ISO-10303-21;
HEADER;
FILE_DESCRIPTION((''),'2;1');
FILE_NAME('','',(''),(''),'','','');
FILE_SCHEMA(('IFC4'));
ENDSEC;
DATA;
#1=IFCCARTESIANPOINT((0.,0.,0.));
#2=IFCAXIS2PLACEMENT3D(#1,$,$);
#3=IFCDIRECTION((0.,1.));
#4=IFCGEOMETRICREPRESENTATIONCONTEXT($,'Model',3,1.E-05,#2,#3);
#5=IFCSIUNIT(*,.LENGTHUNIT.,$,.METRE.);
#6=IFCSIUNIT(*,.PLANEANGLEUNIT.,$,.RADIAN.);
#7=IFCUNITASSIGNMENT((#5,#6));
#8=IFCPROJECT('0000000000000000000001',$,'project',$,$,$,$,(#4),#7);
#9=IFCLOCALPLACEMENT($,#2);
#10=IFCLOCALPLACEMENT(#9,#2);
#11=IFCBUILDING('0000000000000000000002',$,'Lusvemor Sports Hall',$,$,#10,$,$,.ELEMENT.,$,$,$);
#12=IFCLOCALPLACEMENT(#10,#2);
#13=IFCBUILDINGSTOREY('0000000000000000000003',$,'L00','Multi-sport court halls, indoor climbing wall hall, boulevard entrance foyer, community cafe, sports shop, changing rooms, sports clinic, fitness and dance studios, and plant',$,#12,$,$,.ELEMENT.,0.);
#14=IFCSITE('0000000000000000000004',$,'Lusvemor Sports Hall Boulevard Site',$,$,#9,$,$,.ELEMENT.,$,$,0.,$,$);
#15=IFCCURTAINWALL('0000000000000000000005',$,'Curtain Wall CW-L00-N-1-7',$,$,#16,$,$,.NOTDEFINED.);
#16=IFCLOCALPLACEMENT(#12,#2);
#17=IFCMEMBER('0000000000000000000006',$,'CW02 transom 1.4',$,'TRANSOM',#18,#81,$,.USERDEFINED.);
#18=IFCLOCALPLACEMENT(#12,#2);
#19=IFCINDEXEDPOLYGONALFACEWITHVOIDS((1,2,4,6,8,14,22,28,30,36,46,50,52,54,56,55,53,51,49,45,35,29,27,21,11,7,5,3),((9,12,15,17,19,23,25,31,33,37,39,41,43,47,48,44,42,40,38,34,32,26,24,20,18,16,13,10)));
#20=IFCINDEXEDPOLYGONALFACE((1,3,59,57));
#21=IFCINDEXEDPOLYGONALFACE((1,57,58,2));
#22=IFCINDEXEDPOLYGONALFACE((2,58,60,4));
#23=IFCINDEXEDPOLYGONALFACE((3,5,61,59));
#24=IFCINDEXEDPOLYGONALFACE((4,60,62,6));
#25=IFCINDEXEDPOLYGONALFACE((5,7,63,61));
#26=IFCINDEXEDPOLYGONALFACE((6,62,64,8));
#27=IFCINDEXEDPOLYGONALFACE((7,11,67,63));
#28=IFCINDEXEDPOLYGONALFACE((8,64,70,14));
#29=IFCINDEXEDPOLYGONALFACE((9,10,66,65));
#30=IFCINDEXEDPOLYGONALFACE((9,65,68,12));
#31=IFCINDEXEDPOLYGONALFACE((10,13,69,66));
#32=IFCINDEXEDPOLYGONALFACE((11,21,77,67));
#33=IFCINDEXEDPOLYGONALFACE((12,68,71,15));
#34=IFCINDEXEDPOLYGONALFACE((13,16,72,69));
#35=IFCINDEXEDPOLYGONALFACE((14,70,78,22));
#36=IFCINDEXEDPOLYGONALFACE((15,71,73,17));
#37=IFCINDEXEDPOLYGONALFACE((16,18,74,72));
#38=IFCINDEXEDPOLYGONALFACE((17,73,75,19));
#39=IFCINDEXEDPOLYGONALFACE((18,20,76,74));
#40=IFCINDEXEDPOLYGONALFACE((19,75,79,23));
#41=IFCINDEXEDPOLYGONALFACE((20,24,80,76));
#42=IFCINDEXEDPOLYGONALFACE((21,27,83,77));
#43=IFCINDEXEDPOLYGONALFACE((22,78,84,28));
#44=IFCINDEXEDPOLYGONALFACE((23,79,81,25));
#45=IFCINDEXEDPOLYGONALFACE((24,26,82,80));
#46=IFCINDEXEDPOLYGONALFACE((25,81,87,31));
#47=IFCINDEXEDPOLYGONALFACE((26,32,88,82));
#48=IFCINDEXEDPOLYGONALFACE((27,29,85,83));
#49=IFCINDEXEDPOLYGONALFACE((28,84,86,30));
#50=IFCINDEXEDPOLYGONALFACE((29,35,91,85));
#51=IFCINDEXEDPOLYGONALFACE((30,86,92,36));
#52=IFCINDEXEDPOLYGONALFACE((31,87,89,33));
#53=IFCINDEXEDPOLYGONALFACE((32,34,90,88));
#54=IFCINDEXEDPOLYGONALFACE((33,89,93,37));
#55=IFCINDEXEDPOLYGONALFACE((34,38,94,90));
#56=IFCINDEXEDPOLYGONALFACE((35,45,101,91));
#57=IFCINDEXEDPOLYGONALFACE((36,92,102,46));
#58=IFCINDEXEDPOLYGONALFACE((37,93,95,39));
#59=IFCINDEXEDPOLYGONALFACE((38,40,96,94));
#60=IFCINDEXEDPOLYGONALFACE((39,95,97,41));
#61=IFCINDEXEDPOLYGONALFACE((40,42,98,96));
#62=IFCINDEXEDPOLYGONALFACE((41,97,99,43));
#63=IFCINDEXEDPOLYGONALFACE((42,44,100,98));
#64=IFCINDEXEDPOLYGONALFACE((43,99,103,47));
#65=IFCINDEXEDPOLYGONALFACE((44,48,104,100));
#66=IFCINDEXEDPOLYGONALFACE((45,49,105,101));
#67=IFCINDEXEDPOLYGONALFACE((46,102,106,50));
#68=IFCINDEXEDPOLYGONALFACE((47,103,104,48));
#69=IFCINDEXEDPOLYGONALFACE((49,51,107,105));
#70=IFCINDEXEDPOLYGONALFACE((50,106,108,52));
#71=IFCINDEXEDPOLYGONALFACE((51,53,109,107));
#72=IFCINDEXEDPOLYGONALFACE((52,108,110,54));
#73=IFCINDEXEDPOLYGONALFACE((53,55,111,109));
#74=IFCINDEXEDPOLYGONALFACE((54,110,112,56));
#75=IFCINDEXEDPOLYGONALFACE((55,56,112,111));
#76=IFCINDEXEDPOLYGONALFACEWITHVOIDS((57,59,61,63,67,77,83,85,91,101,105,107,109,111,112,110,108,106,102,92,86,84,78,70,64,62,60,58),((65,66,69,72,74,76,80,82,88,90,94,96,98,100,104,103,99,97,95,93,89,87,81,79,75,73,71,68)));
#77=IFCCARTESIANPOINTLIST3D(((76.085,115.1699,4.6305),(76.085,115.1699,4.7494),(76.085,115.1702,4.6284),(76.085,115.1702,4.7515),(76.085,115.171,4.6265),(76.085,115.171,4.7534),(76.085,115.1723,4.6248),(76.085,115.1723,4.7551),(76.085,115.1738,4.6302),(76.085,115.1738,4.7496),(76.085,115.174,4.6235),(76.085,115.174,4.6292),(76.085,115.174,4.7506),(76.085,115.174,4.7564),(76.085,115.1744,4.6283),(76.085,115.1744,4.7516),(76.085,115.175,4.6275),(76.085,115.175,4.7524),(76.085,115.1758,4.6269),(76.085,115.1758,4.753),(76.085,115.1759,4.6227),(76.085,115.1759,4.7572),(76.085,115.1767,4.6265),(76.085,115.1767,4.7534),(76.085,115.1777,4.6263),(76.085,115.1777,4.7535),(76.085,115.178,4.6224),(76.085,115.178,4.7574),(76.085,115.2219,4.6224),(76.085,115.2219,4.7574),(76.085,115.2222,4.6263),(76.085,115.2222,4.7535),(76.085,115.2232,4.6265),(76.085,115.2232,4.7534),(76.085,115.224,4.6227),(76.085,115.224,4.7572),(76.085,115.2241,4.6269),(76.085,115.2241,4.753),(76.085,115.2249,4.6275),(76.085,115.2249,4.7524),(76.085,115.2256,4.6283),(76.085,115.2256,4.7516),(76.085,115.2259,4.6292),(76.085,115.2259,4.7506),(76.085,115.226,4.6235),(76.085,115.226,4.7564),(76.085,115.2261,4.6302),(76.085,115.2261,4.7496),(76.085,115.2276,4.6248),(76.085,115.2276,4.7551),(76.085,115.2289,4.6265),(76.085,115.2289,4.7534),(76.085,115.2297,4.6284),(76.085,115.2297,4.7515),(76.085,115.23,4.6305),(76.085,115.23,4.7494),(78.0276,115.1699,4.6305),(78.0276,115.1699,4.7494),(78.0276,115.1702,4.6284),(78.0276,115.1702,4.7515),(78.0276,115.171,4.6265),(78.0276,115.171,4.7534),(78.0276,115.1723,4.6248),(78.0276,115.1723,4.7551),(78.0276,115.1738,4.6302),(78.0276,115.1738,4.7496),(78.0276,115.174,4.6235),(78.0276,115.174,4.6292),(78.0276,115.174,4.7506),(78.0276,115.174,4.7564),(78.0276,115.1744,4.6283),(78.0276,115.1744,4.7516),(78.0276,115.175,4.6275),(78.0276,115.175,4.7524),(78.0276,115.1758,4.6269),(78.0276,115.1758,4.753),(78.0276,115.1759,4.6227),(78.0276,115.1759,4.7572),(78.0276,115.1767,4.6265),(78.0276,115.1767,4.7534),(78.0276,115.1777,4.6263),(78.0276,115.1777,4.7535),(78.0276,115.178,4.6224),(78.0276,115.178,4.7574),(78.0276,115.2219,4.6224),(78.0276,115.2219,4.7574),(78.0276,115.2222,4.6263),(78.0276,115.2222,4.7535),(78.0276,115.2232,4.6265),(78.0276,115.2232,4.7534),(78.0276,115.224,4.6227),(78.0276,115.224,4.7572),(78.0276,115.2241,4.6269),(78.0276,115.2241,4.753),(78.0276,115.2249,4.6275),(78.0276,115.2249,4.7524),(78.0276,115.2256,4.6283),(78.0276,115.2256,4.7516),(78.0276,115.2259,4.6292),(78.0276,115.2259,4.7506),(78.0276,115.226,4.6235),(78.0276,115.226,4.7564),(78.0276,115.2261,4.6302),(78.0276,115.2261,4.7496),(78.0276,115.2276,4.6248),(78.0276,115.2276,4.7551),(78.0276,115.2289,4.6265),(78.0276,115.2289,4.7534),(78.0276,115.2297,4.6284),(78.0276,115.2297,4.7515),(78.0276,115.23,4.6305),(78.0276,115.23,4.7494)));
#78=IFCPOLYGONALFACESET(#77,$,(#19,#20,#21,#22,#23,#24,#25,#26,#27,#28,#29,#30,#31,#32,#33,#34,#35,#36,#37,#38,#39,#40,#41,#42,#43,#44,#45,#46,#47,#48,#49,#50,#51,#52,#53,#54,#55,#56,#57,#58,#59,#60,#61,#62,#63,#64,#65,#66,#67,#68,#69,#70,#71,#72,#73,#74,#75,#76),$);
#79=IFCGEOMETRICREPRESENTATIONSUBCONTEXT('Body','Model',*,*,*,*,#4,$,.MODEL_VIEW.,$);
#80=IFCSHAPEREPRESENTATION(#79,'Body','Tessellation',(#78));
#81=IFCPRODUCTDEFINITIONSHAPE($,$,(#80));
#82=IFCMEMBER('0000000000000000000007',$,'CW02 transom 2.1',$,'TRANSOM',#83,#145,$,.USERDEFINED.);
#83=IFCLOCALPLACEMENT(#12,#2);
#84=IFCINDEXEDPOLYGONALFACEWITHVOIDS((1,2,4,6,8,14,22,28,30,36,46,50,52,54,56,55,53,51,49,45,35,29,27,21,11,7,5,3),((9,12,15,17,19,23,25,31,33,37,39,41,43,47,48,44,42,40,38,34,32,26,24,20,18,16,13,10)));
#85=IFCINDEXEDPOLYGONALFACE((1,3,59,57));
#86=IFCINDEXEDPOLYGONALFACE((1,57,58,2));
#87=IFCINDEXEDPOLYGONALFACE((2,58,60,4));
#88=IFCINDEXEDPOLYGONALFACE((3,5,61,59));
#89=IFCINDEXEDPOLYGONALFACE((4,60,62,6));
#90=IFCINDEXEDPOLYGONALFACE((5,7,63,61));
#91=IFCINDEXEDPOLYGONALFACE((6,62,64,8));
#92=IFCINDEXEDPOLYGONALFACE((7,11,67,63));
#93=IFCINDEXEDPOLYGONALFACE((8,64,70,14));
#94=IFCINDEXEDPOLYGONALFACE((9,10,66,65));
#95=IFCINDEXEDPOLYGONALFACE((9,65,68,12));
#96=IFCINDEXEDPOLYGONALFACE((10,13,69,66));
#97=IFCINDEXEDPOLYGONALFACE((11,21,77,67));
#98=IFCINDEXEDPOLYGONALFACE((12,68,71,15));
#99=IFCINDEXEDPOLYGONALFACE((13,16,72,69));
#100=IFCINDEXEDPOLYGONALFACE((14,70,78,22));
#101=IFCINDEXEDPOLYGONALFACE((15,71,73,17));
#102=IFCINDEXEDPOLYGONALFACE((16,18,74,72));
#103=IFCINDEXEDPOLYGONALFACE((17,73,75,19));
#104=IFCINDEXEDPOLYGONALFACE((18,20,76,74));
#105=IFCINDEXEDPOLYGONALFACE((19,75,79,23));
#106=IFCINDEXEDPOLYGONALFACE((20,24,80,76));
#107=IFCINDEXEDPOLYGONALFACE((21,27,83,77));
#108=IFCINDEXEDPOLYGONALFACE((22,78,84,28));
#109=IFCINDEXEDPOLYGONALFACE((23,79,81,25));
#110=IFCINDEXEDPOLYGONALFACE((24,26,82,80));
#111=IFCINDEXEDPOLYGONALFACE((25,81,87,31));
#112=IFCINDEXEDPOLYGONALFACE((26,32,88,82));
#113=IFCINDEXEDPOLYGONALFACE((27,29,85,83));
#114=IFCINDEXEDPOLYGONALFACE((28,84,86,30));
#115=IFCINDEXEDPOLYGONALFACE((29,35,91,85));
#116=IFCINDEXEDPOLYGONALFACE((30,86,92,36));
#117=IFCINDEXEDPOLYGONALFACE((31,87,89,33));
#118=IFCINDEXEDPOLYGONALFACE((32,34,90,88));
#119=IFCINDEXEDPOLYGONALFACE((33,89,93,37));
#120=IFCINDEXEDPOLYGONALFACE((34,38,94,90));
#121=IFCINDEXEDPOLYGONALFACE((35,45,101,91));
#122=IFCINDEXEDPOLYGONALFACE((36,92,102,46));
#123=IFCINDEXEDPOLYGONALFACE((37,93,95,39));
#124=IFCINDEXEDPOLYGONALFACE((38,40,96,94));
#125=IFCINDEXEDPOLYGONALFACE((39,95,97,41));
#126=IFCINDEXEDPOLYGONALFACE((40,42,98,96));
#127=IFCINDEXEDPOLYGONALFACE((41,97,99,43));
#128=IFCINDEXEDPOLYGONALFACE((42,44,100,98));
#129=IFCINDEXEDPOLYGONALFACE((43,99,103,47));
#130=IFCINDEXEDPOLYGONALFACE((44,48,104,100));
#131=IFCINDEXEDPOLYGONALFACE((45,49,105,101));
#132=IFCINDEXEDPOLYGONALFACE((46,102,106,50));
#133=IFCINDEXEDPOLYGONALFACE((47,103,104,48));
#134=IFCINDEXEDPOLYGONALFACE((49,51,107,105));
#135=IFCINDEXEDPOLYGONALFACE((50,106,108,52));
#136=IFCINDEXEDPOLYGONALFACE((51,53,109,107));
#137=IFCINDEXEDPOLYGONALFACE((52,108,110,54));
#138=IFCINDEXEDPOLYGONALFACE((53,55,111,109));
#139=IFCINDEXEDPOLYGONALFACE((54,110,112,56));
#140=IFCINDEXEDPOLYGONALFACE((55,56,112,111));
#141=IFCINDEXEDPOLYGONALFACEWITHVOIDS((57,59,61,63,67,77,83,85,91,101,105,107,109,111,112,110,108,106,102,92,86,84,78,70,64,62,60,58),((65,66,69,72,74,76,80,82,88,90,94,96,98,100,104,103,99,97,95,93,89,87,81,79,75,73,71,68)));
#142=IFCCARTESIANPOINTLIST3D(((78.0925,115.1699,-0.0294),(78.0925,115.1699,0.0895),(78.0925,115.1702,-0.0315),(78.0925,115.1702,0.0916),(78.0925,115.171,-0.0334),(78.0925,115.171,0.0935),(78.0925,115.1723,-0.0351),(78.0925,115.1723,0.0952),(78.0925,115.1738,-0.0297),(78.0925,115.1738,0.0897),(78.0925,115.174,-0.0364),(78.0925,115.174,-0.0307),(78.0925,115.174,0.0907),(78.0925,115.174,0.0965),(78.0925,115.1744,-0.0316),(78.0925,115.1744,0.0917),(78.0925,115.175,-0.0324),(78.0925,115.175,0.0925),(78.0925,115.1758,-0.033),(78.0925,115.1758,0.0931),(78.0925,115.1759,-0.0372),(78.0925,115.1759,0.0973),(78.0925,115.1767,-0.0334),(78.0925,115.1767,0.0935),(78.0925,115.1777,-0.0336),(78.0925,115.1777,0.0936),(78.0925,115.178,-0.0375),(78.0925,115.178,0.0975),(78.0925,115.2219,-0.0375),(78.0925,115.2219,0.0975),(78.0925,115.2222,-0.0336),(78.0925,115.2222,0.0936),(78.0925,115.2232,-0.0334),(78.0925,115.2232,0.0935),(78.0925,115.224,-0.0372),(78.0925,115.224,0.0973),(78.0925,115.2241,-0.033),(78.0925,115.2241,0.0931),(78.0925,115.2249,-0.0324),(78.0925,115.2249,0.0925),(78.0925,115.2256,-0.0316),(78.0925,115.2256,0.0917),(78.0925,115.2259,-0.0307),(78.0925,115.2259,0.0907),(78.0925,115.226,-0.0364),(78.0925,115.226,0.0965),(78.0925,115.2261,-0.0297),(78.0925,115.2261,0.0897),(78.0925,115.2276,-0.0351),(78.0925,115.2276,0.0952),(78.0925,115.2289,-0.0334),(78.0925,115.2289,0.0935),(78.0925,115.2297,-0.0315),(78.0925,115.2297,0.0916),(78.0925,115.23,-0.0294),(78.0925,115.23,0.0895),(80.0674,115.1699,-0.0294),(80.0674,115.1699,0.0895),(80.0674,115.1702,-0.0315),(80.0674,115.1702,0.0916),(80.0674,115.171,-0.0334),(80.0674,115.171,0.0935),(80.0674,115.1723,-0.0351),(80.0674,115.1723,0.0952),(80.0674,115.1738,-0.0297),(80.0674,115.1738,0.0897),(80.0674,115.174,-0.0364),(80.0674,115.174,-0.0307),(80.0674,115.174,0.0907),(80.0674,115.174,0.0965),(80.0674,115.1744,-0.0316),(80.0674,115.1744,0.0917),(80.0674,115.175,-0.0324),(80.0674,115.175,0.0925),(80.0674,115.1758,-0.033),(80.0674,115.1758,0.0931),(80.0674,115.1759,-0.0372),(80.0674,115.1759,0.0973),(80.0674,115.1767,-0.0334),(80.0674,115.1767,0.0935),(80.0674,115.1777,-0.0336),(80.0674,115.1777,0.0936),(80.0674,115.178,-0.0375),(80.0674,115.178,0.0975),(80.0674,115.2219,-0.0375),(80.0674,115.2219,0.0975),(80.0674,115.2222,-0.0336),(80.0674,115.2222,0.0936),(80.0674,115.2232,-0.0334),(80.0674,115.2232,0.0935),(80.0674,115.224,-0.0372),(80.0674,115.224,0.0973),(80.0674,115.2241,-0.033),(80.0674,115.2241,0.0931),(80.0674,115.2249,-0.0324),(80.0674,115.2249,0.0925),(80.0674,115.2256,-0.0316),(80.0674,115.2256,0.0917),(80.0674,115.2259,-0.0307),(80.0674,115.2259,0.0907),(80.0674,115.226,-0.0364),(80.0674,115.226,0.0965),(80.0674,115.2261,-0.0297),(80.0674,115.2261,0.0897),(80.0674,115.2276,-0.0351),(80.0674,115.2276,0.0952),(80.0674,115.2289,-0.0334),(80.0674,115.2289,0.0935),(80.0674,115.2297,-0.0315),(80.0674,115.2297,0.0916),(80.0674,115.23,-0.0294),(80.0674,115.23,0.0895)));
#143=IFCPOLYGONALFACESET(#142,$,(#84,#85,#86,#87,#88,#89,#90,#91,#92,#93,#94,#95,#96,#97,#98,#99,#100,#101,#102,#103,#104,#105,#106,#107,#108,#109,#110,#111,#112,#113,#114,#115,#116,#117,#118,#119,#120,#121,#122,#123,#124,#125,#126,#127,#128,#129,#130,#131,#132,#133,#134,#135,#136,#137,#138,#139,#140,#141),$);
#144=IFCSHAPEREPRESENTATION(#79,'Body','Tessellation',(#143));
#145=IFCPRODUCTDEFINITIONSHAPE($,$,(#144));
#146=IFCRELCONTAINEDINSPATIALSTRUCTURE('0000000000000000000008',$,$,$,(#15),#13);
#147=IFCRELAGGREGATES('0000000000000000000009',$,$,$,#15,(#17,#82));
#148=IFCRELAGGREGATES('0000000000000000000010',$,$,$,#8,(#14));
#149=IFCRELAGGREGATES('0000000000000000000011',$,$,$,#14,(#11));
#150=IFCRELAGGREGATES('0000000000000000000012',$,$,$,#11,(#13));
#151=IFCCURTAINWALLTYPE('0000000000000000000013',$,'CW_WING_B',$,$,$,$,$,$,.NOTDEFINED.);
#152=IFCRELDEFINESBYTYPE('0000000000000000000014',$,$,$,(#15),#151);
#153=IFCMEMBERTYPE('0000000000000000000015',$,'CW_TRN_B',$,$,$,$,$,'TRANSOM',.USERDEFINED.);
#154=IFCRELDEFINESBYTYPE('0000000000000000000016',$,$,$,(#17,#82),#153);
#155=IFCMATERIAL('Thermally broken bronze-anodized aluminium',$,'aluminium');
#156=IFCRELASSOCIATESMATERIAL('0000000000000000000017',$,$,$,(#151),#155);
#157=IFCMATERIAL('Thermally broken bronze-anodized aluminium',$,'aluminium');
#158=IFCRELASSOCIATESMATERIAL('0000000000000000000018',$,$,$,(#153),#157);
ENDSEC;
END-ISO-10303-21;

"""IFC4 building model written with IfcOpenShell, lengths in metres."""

from ifc_helpers import new_model, si_unit, direction, frame, origin, origin_2d, place, context, subcontext, project, spatial, hollow_rectangle, extrude, material, material_profile, profile_set, type_object, element, aggregate, save


model = new_model("IFC4")

# Units and contexts
model_context = context("Model", 3, precision=1e-05, world=origin(), true_north=direction((0.0, 1.0)))
body_context = subcontext(model_context, "Body", "Model", "MODEL_VIEW")
ifc_project = project(units=[si_unit("LENGTHUNIT", "METRE"), si_unit("PLANEANGLEUNIT", "RADIAN")], contexts=[model_context])

# Site, building, storey
site_placement = place(None, origin())
site = spatial("IfcSite", under=ifc_project, at=site_placement, Name="Lusvemor Sports Hall Boulevard Site", CompositionType="ELEMENT", RefElevation=0.0)
building_placement = place(site_placement, origin())
building = spatial("IfcBuilding", under=site, at=building_placement, Name="Lusvemor Sports Hall", CompositionType="ELEMENT")
storey_placement = place(building_placement, origin())
storey = spatial("IfcBuildingStorey", under=building, at=storey_placement, Name="L00", Description="Multi-sport court halls, indoor climbing wall hall, boulevard entrance foyer, community cafe, sports shop, changing rooms, sports clinic, fitness and dance studios, and plant", CompositionType="ELEMENT", Elevation=0.0)

# Curtain wall, members
ifc_material_1 = material(Name="Thermally broken bronze-anodized aluminium", Category="aluminium")
curtain_wall_type = type_object("IfcCurtainWallType", Name="CW_WING_B", PredefinedType="NOTDEFINED", material=ifc_material_1)
curtain_wall_placement = place(storey_placement, origin())
curtain_wall = element("IfcCurtainWall", 1, at=curtain_wall_placement, inside=storey, type_object=curtain_wall_type, Name="Curtain Wall CW-L00-N-1-7", PredefinedType="NOTDEFINED")
ifc_material_2 = material(Name="Thermally broken bronze-anodized aluminium", Category="aluminium")
ifc_material_profile_1 = material_profile(ifc_material_2, hollow_rectangle(XDim=0.0601, YDim=0.135, WallThickness=0.0039, InnerFilletRadius=0.0039, OuterFilletRadius=0.0081, at=origin_2d()), Name="CWTRN135x60x4")
ifc_profile_set_1 = profile_set([ifc_material_profile_1], Name="Thermally broken bronze-anodized aluminium")
member_type_1 = type_object("IfcMemberType", Name="CW_TRN_B", ElementType="TRANSOM", PredefinedType="USERDEFINED", material=ifc_profile_set_1)
member_1_placement = place(storey_placement, frame((76.085, 115.2, 4.6899), z_axis=(1.0, 0.0, 0.0), x_axis=(0.0, 1.0, 0.0)))
member_1 = element("IfcMember", 2, at=member_1_placement, type_object=member_type_1, Name="CW02 transom 1.4", ObjectType="TRANSOM", PredefinedType="USERDEFINED", context=body_context, shape_type="SweptSolid", body=[
    extrude(hollow_rectangle(XDim=0.0601, YDim=0.135, WallThickness=0.0039, InnerFilletRadius=0.0039, OuterFilletRadius=0.0081, at=origin_2d()), origin(), (0.0, 0.0, 1.0), 1.9426),
])
member_2_placement = place(storey_placement, frame((78.0925, 115.2, 0.03), z_axis=(1.0, 0.0, 0.0), x_axis=(0.0, 1.0, 0.0)))
member_2 = element("IfcMember", 3, at=member_2_placement, type_object=member_type_1, Name="CW02 transom 2.1", ObjectType="TRANSOM", PredefinedType="USERDEFINED", context=body_context, shape_type="SweptSolid", body=[
    extrude(hollow_rectangle(XDim=0.0601, YDim=0.135, WallThickness=0.0039, InnerFilletRadius=0.0039, OuterFilletRadius=0.0081, at=origin_2d()), origin(), (0.0, 0.0, 1.0), 1.9749),
])
aggregate(curtain_wall, [member_1, member_2])

save(model, "model.ifc")
